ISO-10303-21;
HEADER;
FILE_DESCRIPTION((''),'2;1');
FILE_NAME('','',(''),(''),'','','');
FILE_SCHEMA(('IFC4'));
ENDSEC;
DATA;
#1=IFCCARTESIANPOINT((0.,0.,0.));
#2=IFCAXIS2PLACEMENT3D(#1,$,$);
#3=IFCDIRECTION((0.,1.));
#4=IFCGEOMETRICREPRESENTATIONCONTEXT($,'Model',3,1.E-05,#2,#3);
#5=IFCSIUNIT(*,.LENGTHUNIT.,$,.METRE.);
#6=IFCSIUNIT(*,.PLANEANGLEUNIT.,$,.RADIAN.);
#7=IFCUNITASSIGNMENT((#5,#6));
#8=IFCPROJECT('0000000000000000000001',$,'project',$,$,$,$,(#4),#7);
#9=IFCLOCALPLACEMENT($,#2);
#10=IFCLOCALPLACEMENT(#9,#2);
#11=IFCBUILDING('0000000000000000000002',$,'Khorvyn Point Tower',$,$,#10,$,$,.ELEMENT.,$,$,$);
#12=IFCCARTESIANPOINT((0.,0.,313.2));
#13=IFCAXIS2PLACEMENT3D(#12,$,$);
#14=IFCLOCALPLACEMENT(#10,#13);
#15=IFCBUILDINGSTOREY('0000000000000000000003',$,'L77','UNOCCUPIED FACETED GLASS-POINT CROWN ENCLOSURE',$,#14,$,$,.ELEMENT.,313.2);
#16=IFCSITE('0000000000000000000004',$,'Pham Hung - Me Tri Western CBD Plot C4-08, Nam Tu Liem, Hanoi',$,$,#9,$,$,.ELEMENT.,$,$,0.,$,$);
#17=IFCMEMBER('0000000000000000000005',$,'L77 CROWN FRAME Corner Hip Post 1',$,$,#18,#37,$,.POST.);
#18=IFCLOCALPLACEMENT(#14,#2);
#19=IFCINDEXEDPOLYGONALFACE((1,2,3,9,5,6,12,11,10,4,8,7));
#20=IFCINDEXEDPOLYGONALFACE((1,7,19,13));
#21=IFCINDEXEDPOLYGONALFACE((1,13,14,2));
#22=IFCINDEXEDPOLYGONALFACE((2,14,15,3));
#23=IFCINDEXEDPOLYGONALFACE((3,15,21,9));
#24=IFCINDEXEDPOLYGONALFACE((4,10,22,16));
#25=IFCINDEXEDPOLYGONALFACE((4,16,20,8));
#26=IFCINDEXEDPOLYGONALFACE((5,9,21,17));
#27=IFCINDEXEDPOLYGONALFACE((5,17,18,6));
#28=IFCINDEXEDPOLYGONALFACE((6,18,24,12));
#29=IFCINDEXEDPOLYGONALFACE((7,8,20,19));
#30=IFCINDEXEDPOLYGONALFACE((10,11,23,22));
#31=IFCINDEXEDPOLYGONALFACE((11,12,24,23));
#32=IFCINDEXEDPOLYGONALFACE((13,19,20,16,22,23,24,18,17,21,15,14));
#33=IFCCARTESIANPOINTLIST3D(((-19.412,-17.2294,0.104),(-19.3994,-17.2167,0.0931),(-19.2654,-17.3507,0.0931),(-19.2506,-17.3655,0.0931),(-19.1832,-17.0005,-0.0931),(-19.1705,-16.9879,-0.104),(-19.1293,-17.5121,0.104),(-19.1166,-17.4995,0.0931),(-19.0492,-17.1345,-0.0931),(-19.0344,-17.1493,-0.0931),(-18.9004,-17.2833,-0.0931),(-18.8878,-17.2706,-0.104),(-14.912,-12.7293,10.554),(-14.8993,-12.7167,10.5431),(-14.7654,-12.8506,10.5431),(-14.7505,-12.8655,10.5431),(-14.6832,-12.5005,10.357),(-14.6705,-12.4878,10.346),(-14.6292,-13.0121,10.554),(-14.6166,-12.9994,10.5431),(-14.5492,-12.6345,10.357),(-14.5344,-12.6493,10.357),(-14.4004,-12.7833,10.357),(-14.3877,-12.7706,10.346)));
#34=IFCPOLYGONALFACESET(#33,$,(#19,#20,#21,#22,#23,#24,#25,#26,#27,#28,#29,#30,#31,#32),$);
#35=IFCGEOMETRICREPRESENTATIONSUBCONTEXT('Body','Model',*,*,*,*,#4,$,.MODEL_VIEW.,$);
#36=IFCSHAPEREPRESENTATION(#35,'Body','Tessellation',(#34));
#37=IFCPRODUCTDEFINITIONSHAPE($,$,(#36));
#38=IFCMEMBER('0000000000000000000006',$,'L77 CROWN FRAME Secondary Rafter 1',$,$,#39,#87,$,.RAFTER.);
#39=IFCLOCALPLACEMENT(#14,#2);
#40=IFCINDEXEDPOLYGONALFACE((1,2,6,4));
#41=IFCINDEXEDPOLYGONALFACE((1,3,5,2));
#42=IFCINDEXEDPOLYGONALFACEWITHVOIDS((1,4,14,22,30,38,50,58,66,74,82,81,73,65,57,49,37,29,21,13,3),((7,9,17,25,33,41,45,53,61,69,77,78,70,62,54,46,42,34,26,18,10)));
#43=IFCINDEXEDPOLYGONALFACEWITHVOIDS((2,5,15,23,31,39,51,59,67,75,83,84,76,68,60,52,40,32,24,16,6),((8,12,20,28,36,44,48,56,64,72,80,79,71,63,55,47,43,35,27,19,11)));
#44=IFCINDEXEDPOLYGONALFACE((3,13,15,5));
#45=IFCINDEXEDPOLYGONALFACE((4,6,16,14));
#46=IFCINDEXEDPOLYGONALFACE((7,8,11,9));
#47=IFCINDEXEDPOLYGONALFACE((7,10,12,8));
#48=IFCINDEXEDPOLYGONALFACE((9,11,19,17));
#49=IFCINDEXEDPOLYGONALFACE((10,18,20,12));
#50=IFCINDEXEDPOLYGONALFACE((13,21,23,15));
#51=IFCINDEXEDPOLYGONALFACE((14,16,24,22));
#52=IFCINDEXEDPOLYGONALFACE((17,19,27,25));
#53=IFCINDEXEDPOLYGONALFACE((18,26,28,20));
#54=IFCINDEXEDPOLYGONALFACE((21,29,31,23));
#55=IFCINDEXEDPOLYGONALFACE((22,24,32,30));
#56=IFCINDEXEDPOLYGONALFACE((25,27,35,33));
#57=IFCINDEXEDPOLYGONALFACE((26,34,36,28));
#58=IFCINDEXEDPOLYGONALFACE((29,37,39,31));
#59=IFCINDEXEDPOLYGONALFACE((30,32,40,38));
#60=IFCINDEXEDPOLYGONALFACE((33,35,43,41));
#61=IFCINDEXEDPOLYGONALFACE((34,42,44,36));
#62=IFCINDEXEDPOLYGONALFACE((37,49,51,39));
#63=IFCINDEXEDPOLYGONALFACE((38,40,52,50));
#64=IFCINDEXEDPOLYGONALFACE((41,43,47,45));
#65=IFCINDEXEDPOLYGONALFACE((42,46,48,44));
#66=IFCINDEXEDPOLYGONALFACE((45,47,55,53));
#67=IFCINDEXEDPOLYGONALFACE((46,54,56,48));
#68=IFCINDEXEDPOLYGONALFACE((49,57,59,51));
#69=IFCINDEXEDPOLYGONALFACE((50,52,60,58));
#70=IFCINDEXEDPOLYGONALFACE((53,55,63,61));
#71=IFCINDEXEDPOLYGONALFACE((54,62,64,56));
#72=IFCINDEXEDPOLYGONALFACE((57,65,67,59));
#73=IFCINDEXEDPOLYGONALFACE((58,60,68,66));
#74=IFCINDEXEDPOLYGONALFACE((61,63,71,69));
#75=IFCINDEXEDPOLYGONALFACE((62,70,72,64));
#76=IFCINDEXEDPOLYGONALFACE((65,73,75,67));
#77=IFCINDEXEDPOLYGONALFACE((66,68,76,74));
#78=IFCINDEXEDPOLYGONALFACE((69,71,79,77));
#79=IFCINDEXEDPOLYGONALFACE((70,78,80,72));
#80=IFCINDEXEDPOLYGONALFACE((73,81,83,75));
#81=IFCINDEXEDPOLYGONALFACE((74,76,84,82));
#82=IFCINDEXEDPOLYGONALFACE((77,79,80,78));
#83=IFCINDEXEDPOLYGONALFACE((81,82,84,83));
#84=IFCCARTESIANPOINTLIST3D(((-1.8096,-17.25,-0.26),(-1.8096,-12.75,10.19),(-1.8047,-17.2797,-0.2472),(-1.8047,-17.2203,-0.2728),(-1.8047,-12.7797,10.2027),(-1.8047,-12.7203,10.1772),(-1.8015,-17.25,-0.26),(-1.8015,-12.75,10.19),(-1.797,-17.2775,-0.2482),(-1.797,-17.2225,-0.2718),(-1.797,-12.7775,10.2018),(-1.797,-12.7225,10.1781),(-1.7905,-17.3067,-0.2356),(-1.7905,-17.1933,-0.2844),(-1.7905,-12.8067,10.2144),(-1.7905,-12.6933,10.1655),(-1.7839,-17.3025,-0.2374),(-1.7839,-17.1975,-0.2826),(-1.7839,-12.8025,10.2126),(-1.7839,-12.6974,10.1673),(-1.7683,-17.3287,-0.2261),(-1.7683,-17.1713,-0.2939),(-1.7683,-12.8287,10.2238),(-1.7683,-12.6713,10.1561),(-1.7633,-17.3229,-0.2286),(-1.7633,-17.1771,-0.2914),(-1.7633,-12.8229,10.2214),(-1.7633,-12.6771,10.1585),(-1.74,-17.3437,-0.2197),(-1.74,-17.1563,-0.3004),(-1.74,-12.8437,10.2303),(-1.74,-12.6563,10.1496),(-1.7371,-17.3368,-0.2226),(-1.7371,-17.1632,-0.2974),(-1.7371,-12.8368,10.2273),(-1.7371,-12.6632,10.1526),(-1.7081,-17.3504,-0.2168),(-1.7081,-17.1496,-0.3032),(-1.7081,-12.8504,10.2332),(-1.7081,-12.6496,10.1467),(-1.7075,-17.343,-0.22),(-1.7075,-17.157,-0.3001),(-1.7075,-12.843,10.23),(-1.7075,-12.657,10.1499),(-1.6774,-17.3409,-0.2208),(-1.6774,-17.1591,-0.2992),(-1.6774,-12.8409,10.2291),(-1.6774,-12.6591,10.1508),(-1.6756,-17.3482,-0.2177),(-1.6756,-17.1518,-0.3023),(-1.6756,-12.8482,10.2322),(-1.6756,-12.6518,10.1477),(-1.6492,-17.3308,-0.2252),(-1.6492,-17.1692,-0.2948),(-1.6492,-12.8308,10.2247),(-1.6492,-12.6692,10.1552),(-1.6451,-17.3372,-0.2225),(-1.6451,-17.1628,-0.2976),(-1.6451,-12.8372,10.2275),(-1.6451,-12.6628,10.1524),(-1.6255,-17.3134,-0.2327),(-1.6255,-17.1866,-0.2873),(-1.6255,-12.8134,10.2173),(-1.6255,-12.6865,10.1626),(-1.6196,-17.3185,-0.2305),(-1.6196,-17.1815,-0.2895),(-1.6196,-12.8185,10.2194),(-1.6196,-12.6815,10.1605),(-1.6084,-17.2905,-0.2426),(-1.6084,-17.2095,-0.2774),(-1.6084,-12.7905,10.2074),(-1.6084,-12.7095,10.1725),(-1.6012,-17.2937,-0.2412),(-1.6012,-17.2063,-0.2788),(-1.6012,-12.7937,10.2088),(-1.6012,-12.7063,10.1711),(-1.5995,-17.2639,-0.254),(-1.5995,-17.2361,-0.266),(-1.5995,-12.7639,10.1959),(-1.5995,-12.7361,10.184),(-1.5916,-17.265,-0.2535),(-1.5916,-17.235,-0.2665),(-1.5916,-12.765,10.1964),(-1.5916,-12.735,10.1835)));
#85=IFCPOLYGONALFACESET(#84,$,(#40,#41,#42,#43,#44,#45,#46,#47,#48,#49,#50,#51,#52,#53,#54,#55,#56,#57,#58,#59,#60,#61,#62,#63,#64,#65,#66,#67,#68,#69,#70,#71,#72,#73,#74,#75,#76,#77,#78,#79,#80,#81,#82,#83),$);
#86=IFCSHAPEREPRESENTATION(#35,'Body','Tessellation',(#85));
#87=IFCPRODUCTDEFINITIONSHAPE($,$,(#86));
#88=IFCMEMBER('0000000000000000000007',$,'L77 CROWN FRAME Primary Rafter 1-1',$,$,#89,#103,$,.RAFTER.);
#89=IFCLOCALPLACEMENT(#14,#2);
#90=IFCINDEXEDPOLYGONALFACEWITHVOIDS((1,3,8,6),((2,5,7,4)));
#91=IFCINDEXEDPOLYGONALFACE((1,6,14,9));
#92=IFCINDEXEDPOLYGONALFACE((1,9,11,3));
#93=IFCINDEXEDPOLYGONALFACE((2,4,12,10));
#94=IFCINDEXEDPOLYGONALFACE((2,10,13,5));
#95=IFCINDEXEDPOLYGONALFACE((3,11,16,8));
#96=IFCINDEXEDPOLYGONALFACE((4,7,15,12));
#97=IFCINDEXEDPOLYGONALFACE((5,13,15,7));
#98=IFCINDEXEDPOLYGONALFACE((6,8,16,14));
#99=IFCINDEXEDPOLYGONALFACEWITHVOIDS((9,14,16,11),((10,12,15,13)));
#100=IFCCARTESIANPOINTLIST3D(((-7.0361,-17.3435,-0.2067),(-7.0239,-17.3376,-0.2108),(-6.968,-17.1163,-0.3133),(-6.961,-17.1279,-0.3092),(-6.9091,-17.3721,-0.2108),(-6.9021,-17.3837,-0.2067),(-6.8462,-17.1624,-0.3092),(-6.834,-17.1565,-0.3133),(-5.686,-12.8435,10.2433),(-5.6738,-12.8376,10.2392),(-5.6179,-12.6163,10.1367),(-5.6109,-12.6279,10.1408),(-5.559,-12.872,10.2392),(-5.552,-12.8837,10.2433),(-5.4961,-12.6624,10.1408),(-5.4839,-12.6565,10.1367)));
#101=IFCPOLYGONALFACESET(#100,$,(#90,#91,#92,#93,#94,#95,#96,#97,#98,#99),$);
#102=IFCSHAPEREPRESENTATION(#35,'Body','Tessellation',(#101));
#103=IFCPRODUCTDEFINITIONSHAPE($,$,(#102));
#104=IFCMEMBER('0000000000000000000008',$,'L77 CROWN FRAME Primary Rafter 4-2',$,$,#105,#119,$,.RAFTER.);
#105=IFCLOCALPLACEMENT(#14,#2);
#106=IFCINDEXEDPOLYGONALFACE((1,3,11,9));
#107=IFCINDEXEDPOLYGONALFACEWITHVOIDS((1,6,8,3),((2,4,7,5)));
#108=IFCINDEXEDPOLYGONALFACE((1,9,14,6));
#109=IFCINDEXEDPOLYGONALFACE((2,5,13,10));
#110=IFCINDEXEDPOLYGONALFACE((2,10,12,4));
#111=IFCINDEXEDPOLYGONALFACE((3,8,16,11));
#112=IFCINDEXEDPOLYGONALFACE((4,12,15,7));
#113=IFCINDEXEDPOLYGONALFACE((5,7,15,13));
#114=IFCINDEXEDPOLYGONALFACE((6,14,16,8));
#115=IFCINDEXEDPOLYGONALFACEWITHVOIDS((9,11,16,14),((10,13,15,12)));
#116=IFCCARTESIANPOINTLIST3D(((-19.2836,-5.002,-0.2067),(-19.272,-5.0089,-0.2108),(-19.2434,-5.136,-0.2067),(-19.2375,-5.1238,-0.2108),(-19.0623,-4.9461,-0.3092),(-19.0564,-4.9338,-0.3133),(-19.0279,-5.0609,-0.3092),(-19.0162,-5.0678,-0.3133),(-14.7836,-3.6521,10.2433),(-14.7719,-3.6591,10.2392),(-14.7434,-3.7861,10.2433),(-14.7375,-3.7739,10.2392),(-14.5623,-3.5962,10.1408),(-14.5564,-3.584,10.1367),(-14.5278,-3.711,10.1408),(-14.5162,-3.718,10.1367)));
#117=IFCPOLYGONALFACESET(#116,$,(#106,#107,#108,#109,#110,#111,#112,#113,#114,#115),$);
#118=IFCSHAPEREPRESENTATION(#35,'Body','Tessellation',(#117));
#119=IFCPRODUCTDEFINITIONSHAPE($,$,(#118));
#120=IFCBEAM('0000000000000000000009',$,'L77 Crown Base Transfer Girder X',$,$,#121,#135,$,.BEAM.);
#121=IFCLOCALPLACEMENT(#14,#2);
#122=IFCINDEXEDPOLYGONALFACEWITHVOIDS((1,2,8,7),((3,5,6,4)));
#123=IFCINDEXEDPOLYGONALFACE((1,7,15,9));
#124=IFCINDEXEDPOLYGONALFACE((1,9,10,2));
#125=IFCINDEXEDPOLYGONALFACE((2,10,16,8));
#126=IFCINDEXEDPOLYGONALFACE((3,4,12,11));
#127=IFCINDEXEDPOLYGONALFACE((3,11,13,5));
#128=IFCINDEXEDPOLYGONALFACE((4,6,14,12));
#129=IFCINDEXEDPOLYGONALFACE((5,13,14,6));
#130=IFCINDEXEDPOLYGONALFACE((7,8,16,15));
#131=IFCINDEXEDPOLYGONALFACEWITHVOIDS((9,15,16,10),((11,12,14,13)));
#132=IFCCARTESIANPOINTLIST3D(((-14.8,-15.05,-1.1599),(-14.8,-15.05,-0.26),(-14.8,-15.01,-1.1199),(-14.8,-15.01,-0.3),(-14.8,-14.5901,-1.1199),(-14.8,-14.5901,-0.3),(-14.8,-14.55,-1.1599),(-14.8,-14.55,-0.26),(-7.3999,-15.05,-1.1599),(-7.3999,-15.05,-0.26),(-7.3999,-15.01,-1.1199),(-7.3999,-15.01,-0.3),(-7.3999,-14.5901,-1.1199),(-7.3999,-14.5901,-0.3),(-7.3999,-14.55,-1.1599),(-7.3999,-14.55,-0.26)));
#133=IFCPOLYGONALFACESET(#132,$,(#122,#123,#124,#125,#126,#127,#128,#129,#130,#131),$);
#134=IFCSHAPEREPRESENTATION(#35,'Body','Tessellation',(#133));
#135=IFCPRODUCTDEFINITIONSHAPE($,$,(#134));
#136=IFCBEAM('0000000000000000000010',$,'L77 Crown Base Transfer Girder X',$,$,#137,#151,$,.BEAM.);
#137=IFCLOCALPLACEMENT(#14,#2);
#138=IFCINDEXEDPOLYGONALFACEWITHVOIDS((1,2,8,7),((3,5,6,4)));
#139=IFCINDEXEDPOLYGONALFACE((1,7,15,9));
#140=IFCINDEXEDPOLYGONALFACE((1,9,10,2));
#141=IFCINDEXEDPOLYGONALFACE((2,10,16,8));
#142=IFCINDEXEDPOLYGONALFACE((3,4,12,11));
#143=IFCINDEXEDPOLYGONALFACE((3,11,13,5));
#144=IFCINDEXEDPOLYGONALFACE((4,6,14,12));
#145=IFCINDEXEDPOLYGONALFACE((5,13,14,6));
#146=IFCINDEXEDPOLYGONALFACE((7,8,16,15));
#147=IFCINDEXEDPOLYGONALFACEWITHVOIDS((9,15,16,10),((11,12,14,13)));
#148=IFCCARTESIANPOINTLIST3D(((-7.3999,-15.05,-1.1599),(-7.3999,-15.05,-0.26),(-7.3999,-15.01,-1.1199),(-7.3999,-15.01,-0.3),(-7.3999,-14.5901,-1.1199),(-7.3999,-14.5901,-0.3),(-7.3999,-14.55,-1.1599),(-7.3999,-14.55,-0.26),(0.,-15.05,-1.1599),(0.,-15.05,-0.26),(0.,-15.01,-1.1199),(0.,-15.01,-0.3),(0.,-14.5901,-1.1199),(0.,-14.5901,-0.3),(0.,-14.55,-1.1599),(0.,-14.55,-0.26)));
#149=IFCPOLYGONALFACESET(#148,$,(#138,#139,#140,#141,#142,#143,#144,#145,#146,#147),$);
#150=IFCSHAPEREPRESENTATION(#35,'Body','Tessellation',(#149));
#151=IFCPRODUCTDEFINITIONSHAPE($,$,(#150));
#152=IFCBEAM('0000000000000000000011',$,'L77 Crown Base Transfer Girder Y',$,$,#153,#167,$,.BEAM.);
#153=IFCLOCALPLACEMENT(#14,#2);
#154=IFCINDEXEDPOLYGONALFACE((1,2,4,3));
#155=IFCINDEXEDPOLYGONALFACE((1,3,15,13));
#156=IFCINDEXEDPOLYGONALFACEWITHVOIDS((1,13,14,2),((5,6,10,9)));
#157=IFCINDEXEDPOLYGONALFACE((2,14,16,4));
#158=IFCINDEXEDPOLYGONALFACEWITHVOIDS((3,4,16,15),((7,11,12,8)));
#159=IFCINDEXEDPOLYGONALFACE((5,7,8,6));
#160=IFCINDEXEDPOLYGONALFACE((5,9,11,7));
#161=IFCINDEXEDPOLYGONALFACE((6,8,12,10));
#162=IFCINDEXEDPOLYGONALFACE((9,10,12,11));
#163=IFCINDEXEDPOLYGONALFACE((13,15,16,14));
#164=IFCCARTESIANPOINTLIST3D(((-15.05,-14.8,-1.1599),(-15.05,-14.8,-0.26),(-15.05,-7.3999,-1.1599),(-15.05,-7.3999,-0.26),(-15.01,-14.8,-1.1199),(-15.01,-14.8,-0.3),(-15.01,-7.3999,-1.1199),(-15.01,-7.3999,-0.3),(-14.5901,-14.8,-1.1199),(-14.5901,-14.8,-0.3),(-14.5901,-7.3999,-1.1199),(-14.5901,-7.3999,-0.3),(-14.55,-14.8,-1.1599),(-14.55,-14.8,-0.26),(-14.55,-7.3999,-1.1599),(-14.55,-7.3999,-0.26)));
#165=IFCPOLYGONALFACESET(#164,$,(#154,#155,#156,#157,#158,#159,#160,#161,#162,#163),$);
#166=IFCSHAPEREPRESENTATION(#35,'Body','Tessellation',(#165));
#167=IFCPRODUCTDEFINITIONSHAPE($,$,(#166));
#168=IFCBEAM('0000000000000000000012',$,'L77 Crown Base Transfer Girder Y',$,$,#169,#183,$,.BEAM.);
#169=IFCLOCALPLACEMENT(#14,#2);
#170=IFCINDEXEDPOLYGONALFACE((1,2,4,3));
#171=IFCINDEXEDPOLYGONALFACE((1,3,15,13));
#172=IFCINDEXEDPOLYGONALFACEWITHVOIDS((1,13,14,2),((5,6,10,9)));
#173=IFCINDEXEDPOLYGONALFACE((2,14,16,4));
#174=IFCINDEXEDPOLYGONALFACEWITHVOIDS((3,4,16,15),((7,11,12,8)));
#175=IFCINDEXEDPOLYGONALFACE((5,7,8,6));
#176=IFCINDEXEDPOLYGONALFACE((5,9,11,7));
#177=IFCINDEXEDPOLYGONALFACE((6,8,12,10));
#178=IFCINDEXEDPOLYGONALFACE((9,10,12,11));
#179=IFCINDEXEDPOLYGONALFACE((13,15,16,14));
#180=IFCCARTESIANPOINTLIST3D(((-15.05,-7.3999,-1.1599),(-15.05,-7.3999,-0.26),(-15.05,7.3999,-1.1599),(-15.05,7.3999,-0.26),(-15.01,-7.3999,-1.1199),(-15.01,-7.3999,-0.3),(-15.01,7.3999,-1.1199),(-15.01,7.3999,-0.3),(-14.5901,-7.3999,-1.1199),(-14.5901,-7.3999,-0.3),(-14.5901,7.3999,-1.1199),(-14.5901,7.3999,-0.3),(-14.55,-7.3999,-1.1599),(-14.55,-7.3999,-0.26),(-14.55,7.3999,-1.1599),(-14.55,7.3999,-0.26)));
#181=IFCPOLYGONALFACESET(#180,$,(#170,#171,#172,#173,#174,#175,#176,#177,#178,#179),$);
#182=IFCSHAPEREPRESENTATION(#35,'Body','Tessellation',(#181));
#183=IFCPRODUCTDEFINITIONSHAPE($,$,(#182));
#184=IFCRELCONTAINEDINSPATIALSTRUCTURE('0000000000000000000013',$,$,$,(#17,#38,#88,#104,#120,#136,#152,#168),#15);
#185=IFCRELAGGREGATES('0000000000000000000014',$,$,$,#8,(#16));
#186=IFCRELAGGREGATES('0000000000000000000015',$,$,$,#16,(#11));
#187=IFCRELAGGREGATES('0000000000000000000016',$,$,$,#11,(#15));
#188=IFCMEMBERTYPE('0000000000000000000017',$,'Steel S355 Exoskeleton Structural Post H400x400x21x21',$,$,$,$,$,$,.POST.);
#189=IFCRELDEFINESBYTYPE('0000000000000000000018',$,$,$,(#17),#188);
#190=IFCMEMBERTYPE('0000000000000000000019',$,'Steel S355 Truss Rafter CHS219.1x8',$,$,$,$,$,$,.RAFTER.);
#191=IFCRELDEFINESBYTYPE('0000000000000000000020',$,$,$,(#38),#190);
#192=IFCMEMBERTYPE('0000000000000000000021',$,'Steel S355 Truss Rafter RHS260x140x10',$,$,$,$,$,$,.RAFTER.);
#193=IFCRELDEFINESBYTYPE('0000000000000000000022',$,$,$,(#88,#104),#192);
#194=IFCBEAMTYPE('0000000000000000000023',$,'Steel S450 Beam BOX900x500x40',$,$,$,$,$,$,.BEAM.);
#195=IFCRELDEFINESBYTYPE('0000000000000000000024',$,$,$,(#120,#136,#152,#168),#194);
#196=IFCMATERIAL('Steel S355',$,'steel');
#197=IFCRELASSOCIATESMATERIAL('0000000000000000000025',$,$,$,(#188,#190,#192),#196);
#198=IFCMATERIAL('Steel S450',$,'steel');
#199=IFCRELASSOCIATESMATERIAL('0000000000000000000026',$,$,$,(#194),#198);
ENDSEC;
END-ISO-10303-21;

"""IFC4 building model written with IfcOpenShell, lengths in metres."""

from ifc_helpers import new_model, si_unit, direction, frame, origin, origin_2d, place, context, subcontext, project, spatial, hollow_rectangle, hollow_circle, i_section, extrude, material, material_profile, profile_set, type_object, element, save


model = new_model("IFC4")

# Units and contexts
model_context = context("Model", 3, precision=1e-05, world=origin(), true_north=direction((0.0, 1.0)))
body_context = subcontext(model_context, "Body", "Model", "MODEL_VIEW")
ifc_project = project(units=[si_unit("LENGTHUNIT", "METRE"), si_unit("PLANEANGLEUNIT", "RADIAN")], contexts=[model_context])

# Site, building, storey
site_placement = place(None, origin())
site = spatial("IfcSite", under=ifc_project, at=site_placement, Name="Pham Hung - Me Tri Western CBD Plot C4-08, Nam Tu Liem, Hanoi", CompositionType="ELEMENT", RefElevation=0.0)
building_placement = place(site_placement, origin())
building = spatial("IfcBuilding", under=site, at=building_placement, Name="Khorvyn Point Tower", CompositionType="ELEMENT")
storey_placement = place(building_placement, frame((0.0, 0.0, 313.2)))
storey = spatial("IfcBuildingStorey", under=building, at=storey_placement, Name="L77", Description="UNOCCUPIED FACETED GLASS-POINT CROWN ENCLOSURE", CompositionType="ELEMENT", Elevation=313.2)

# Shared definitions
ifc_material_1 = material(Name="Steel S355", Category="steel")

# Members
ifc_material_profile_1 = material_profile(ifc_material_1, i_section(OverallWidth=0.3999, OverallDepth=0.3999, WebThickness=0.021, FlangeThickness=0.021, at=origin_2d()))
ifc_profile_set_1 = profile_set([ifc_material_profile_1], Name="Steel S355 H400x400x21x21")
member_type_1 = type_object("IfcMemberType", Name="Steel S355 Exoskeleton Structural Post H400x400x21x21", PredefinedType="POST", material=ifc_profile_set_1)
member_1_placement = place(storey_placement, frame((-19.1499, -17.25, 0.0), z_axis=(0.36779, 0.36779, 0.854085), x_axis=(-0.707107, 0.707107, 0.0)))
element("IfcMember", 1, at=member_1_placement, inside=storey, type_object=member_type_1, Name="L77 CROWN FRAME Corner Hip Post 1", PredefinedType="POST", context=body_context, shape_type="SweptSolid", body=[
    extrude(i_section(OverallWidth=0.3999, OverallDepth=0.3999, WebThickness=0.021, FlangeThickness=0.021, at=origin_2d()), origin(), (0.0, 0.0, 1.0), 12.2354),
])
ifc_material_profile_2 = material_profile(ifc_material_1, hollow_circle(Radius=0.1096, WallThickness=0.0081, at=origin_2d()))
ifc_profile_set_2 = profile_set([ifc_material_profile_2], Name="Steel S355 CHS219.1x8")
member_type_2 = type_object("IfcMemberType", Name="Steel S355 Truss Rafter CHS219.1x8", PredefinedType="RAFTER", material=ifc_profile_set_2)
member_2_placement = place(storey_placement, frame((-1.7, -17.25, -0.26), z_axis=(0.0, 0.395511, 0.918461), x_axis=(-1.0, 0.0, 0.0)))
element("IfcMember", 2, at=member_2_placement, inside=storey, type_object=member_type_2, Name="L77 CROWN FRAME Secondary Rafter 1", PredefinedType="RAFTER", context=body_context, shape_type="SweptSolid", body=[
    extrude(hollow_circle(Radius=0.1096, WallThickness=0.0081, at=origin_2d()), origin(), (0.0, 0.0, 1.0), 11.3777),
])
ifc_material_profile_3 = material_profile(ifc_material_1, hollow_rectangle(XDim=0.1399, YDim=0.26, WallThickness=0.01, at=origin_2d()))
ifc_profile_set_3 = profile_set([ifc_material_profile_3], Name="Steel S355 RHS260x140x10")
member_type_3 = type_object("IfcMemberType", Name="Steel S355 Truss Rafter RHS260x140x10", PredefinedType="RAFTER", material=ifc_profile_set_3)
for number, where, z_axis, x_axis, name in (
    (3, (-6.9351, -17.25, -0.26), (0.117835, 0.392756, 0.912062), (-0.957821, 0.287367, 0.0), "L77 CROWN FRAME Primary Rafter 1-1"),
    (4, (-19.1499, -5.0349, -0.26), (0.392757, 0.117814, 0.912065), (-0.287319, 0.957835, 0.0), "L77 CROWN FRAME Primary Rafter 4-2"),
):
    element("IfcMember", number, at=place(storey_placement, frame(where, z_axis=z_axis, x_axis=x_axis)), inside=storey, type_object=member_type_3, Name=name, PredefinedType="RAFTER", context=body_context, shape_type="SweptSolid", body=[
        extrude(hollow_rectangle(XDim=0.1399, YDim=0.26, WallThickness=0.01, at=origin_2d()), origin(), (0.0, 0.0, 1.0), 11.4575),
    ])

# Beams
ifc_material_2 = material(Name="Steel S450", Category="steel")
ifc_material_profile_4 = material_profile(ifc_material_2, hollow_rectangle(XDim=0.5, YDim=0.8999, WallThickness=0.04, at=origin_2d()))
ifc_profile_set_4 = profile_set([ifc_material_profile_4], Name="Steel S450 BOX900x500x40")
beam_type_1 = type_object("IfcBeamType", Name="Steel S450 Beam BOX900x500x40", PredefinedType="BEAM", material=ifc_profile_set_4)
beam_1_placement = place(storey_placement, frame((-14.8, -14.8, -0.71), z_axis=(1.0, 0.0, 0.0), x_axis=(0.0, 1.0, 0.0)))
element("IfcBeam", 5, at=beam_1_placement, inside=storey, type_object=beam_type_1, Name="L77 Crown Base Transfer Girder X", PredefinedType="BEAM", context=body_context, shape_type="SweptSolid", body=[
    extrude(hollow_rectangle(XDim=0.5, YDim=0.8999, WallThickness=0.04, at=origin_2d()), origin(), (0.0, 0.0, 1.0), 7.4001),
])
beam_2_placement = place(storey_placement, frame((-7.3999, -14.8, -0.71), z_axis=(1.0, 0.0, 0.0), x_axis=(0.0, 1.0, 0.0)))
element("IfcBeam", 6, at=beam_2_placement, inside=storey, type_object=beam_type_1, Name="L77 Crown Base Transfer Girder X", PredefinedType="BEAM", context=body_context, shape_type="SweptSolid", body=[
    extrude(hollow_rectangle(XDim=0.5, YDim=0.8999, WallThickness=0.04, at=origin_2d()), origin(), (0.0, 0.0, 1.0), 7.3999),
])
beam_3_placement = place(storey_placement, frame((-14.8, -14.8, -0.71), z_axis=(0.0, 1.0, 0.0), x_axis=(-1.0, 0.0, 0.0)))
element("IfcBeam", 7, at=beam_3_placement, inside=storey, type_object=beam_type_1, Name="L77 Crown Base Transfer Girder Y", PredefinedType="BEAM", context=body_context, shape_type="SweptSolid", body=[
    extrude(hollow_rectangle(XDim=0.5, YDim=0.8999, WallThickness=0.04, at=origin_2d()), origin(), (0.0, 0.0, 1.0), 7.4001),
])
beam_4_placement = place(storey_placement, frame((-14.8, -7.3999, -0.71), z_axis=(0.0, 1.0, 0.0), x_axis=(-1.0, 0.0, 0.0)))
element("IfcBeam", 8, at=beam_4_placement, inside=storey, type_object=beam_type_1, Name="L77 Crown Base Transfer Girder Y", PredefinedType="BEAM", context=body_context, shape_type="SweptSolid", body=[
    extrude(hollow_rectangle(XDim=0.5, YDim=0.8999, WallThickness=0.04, at=origin_2d()), origin(), (0.0, 0.0, 1.0), 14.7998),
])

save(model, "model.ifc")
